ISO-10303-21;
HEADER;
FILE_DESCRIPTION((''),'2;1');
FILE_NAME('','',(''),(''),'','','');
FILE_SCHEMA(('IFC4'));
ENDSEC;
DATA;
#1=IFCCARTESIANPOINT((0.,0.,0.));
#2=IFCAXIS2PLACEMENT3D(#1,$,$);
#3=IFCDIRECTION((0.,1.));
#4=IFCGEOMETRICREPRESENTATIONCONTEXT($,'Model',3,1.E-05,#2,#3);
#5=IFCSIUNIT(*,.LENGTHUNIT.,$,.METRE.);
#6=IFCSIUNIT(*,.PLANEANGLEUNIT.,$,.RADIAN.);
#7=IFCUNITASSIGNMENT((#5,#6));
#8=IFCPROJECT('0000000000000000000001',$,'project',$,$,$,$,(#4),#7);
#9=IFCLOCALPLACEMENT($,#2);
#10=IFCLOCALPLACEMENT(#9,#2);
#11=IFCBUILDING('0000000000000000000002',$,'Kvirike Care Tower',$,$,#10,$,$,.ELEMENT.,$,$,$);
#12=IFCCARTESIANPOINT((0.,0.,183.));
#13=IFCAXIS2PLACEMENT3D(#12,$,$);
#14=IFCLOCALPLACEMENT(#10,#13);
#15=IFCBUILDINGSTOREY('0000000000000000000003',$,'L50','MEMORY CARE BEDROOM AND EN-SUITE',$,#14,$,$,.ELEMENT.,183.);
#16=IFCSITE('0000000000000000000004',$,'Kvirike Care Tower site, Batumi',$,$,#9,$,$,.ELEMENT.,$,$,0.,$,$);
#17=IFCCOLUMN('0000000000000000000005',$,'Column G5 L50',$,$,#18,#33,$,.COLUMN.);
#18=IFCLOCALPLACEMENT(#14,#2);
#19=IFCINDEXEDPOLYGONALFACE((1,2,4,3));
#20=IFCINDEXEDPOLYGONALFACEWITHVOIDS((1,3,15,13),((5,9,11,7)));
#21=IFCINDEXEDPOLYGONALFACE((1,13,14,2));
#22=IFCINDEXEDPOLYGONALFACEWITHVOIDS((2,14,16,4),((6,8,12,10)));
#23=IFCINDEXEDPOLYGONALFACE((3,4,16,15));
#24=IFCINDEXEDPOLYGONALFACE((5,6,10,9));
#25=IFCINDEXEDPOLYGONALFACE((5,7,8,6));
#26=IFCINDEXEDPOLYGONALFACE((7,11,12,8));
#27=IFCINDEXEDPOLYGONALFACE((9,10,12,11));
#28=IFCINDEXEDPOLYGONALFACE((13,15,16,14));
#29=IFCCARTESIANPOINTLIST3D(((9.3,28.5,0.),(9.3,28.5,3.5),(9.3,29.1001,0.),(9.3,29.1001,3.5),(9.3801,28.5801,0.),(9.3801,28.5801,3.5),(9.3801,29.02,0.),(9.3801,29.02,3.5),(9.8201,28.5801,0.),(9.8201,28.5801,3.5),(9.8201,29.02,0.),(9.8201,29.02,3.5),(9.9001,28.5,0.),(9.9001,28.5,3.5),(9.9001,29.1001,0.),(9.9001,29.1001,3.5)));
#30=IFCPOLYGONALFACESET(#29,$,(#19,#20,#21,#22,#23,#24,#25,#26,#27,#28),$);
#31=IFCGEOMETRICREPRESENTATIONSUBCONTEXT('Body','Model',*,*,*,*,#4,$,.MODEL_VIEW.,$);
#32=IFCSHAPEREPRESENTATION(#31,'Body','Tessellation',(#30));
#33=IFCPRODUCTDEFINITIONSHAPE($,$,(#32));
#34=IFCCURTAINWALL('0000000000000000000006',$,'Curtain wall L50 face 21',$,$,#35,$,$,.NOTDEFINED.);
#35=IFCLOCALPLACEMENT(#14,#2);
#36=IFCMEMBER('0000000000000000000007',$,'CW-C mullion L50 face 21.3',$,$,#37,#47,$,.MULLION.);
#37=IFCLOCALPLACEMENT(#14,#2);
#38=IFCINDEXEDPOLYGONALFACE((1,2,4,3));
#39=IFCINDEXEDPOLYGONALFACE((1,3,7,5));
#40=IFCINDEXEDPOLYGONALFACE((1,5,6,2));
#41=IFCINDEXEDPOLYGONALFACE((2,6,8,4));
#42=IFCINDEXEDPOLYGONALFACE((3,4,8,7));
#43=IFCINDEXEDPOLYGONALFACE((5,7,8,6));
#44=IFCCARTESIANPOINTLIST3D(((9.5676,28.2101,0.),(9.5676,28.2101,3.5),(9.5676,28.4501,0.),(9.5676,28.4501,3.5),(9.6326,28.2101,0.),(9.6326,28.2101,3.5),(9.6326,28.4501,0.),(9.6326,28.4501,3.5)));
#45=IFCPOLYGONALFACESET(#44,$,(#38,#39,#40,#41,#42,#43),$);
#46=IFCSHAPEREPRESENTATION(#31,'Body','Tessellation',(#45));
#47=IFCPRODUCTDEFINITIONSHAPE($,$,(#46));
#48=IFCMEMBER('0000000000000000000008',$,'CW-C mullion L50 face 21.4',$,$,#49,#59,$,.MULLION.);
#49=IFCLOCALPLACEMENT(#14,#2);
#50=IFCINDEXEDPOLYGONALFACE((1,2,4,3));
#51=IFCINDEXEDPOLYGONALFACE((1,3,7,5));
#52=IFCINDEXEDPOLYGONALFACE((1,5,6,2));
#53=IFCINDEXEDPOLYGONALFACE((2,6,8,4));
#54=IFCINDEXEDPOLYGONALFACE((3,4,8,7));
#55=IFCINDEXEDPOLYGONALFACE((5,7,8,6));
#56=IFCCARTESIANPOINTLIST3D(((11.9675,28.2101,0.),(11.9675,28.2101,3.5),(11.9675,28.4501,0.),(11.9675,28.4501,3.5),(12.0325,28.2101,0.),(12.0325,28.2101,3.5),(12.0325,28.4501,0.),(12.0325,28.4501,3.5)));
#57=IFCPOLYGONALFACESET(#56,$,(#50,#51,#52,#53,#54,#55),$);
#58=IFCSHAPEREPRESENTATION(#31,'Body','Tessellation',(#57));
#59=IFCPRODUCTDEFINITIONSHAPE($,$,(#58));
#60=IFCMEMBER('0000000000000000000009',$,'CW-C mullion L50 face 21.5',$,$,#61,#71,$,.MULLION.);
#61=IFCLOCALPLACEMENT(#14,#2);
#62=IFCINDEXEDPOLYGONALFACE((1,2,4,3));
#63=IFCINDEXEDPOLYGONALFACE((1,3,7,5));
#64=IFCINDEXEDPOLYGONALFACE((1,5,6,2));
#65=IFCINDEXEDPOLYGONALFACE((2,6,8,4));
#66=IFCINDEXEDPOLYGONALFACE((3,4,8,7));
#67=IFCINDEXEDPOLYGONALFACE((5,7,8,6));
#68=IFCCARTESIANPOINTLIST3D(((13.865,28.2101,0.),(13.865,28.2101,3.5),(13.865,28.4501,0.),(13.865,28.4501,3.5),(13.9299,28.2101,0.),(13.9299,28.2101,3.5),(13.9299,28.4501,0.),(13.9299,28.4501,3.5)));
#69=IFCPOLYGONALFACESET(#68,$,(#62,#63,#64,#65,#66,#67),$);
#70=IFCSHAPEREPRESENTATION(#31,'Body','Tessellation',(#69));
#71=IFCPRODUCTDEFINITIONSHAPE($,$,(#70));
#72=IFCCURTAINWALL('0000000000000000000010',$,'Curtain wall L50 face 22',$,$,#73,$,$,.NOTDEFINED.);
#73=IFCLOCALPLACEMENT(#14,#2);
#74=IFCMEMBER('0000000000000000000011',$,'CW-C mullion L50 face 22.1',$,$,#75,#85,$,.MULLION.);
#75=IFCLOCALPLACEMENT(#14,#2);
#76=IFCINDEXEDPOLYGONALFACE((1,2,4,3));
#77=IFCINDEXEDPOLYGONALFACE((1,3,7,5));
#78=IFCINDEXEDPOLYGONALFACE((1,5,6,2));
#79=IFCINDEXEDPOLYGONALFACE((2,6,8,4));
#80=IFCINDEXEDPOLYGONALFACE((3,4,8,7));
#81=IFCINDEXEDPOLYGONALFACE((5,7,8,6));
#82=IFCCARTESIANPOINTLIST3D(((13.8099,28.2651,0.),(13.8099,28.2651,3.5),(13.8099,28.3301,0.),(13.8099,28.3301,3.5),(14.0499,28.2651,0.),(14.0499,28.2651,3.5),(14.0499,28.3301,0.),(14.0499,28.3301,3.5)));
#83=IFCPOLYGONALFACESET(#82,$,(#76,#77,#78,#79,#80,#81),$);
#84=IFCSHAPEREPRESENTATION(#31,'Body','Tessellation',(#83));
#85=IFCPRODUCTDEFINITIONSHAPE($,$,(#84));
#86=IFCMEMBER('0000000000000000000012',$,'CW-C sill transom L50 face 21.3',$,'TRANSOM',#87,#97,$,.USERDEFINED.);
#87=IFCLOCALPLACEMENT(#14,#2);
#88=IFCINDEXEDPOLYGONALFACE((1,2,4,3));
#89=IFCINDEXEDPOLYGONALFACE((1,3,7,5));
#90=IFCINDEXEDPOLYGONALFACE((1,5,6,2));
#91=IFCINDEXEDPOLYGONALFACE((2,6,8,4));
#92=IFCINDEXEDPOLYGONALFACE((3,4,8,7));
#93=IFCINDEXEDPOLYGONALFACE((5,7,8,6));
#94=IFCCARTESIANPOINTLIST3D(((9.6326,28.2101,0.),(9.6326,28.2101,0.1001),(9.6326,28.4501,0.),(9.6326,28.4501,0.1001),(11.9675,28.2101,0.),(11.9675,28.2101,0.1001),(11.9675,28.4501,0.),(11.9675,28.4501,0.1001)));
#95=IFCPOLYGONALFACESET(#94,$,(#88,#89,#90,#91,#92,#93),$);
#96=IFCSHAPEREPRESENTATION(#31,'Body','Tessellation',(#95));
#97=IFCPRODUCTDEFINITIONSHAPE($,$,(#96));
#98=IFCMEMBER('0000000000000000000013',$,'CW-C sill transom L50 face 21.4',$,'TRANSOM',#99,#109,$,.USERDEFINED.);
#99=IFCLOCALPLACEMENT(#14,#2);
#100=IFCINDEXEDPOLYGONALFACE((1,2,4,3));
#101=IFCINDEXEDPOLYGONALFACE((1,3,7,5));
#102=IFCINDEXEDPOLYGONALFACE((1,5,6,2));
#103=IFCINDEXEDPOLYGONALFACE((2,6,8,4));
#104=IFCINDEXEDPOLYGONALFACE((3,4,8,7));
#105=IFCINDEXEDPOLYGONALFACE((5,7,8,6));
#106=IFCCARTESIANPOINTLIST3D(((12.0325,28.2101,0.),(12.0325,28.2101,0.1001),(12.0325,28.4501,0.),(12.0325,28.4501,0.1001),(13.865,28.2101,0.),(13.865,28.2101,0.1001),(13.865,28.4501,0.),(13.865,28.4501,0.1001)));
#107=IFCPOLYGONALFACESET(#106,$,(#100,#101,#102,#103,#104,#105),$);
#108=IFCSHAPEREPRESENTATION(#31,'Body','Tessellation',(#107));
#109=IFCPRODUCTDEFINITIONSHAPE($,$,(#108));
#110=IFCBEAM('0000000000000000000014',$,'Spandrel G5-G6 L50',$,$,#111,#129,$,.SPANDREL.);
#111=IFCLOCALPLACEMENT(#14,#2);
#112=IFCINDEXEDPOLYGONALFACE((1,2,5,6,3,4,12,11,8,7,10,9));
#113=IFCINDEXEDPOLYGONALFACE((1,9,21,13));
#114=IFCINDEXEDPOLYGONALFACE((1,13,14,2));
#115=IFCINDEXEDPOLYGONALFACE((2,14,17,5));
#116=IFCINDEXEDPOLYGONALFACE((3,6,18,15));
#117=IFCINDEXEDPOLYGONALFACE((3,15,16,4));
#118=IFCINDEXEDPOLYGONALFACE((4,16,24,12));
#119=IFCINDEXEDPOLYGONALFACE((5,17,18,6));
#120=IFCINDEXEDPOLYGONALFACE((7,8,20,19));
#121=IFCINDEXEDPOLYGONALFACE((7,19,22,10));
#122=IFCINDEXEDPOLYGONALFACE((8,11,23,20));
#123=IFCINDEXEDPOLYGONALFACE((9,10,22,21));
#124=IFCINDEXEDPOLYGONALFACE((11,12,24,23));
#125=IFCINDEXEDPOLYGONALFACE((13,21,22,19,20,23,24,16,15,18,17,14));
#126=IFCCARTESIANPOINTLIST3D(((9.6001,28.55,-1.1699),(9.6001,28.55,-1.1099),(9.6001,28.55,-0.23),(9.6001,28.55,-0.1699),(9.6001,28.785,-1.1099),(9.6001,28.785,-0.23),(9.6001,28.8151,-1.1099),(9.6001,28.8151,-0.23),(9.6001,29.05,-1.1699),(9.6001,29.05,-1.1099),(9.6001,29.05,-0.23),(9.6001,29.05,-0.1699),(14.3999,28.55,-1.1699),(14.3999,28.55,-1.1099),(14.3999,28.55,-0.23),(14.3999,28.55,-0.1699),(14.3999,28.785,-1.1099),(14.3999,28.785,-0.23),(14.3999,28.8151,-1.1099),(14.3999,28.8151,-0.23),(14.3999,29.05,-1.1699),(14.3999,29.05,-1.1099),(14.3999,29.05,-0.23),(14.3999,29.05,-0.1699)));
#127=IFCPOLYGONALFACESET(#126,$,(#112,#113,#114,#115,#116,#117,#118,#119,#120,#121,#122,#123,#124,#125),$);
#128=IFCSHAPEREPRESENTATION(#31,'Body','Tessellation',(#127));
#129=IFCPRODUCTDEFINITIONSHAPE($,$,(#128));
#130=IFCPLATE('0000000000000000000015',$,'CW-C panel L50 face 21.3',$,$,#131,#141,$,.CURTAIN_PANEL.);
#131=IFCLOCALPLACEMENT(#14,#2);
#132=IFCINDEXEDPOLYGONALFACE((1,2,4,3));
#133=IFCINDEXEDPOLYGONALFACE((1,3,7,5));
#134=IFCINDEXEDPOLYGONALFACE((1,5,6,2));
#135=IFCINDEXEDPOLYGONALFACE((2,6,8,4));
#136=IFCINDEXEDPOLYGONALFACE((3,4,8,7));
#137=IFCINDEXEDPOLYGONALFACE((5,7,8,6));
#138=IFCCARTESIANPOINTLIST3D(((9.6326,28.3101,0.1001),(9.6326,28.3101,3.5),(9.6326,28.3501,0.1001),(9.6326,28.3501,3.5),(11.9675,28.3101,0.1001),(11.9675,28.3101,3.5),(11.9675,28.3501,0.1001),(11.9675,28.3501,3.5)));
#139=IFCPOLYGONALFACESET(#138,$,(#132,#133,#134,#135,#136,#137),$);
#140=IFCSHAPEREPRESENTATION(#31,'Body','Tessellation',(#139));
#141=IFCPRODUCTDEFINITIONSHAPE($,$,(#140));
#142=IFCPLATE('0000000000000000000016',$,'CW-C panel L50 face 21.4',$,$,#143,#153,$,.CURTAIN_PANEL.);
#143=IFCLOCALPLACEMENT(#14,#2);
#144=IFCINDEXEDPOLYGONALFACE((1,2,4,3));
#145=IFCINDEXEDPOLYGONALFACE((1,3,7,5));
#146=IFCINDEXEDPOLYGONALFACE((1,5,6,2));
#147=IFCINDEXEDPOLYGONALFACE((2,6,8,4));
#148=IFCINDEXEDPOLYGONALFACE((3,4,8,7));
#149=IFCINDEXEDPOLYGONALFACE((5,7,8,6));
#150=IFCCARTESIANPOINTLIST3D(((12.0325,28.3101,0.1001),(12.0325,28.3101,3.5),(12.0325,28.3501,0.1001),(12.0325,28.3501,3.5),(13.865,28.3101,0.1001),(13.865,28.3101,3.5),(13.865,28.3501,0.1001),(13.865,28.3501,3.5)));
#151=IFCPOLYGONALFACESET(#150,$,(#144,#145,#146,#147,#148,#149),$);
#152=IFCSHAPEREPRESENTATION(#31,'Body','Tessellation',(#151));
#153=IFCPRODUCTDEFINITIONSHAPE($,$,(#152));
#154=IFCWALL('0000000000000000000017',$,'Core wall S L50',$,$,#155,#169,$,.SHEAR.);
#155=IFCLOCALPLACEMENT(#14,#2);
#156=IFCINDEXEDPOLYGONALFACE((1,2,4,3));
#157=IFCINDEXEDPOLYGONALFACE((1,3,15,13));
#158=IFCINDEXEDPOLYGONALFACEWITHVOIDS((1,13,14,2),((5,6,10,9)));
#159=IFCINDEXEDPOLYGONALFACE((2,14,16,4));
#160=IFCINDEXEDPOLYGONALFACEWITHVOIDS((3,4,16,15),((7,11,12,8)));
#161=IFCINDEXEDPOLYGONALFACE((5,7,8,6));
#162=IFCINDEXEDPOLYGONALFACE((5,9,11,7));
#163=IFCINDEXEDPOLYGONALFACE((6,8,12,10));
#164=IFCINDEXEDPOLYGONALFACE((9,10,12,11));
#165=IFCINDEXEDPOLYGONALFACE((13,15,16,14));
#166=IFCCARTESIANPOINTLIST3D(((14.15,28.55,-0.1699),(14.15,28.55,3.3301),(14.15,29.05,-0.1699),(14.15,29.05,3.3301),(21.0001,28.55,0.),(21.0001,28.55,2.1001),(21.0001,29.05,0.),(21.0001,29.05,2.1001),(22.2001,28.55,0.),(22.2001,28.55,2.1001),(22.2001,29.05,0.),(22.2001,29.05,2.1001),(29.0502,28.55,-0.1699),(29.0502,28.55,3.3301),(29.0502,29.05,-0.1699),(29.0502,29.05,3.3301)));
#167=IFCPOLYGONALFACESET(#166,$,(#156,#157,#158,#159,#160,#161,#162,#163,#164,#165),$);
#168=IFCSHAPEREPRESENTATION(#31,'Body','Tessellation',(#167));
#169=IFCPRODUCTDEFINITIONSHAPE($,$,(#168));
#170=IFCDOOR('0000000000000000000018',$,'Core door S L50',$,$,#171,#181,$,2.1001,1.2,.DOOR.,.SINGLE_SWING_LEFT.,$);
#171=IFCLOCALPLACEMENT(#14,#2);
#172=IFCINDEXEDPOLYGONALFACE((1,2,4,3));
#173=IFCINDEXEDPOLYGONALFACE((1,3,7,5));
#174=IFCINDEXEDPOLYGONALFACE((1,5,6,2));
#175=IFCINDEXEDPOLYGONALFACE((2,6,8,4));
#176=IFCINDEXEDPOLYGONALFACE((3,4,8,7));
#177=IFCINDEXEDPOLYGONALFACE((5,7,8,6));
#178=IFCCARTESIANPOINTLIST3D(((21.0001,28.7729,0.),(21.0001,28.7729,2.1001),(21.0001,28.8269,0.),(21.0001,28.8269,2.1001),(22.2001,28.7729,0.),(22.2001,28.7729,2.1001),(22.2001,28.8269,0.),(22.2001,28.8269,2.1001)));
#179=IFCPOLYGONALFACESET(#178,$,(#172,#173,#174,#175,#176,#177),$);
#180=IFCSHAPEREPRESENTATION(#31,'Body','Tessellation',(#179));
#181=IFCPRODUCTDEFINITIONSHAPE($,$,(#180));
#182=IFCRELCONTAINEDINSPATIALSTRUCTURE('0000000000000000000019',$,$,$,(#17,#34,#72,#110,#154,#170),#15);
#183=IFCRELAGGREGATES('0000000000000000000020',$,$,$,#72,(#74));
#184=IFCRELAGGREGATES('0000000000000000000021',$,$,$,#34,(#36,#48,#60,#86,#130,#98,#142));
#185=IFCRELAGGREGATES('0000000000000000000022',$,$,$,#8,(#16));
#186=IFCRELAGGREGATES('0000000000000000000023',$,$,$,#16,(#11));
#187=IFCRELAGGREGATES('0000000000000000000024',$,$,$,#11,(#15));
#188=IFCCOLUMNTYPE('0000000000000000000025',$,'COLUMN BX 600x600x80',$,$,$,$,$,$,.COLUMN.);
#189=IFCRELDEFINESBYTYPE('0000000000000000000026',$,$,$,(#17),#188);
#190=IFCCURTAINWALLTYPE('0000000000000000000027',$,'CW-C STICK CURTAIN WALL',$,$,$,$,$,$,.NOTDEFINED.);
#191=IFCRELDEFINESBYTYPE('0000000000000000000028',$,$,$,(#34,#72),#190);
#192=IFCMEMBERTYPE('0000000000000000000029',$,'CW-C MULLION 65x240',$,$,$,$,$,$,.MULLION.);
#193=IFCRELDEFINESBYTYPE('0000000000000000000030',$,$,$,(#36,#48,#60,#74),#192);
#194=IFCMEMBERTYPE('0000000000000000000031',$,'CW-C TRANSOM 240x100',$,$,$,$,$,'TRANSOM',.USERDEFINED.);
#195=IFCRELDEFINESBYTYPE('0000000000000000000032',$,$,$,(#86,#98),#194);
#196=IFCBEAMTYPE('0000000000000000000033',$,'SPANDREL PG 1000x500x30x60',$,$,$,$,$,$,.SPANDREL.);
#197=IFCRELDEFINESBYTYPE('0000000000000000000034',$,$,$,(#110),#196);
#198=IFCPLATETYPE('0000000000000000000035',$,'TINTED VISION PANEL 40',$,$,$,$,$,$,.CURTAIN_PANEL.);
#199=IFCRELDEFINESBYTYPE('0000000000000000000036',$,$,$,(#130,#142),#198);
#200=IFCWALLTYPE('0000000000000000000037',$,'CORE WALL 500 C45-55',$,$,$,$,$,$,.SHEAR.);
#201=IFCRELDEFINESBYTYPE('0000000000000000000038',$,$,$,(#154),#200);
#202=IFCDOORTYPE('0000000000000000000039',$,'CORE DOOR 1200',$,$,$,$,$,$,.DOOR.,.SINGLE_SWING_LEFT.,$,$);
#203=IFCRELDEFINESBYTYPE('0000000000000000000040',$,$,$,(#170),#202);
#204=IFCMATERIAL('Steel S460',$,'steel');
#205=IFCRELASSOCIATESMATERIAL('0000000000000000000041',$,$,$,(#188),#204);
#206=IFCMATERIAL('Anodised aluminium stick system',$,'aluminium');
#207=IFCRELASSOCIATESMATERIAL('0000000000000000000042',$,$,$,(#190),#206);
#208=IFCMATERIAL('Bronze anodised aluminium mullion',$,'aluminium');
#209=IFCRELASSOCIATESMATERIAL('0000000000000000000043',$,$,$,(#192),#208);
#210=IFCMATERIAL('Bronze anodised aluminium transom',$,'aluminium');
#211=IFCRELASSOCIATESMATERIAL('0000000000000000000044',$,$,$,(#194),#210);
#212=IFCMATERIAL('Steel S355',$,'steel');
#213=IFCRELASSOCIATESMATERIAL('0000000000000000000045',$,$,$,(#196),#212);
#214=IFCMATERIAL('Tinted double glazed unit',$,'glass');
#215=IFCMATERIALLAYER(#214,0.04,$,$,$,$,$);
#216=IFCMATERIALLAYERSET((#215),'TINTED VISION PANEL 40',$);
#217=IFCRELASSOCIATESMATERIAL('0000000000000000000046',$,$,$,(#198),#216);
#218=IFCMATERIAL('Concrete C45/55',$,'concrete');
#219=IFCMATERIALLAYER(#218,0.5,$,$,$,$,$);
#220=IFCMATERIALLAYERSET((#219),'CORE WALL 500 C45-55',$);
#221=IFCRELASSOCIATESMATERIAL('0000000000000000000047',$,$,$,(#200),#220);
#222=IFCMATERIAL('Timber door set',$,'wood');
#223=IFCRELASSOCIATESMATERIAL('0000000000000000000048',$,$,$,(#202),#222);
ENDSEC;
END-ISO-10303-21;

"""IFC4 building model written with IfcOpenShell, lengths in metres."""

from ifc_helpers import new_model, si_unit, direction, frame, frame_2d, origin, origin_2d, place, context, subcontext, project, spatial, rectangle, hollow_rectangle, i_section, extrude, material, layer, layer_set, material_profile, profile_set, type_object, element, fill, aggregate, save


model = new_model("IFC4")

# Units and contexts
model_context = context("Model", 3, precision=1e-05, world=origin(), true_north=direction((0.0, 1.0)))
body_context = subcontext(model_context, "Body", "Model", "MODEL_VIEW")
ifc_project = project(units=[si_unit("LENGTHUNIT", "METRE"), si_unit("PLANEANGLEUNIT", "RADIAN")], contexts=[model_context])

# Site, building, storey
site_placement = place(None, origin())
site = spatial("IfcSite", under=ifc_project, at=site_placement, Name="Kvirike Care Tower site, Batumi", CompositionType="ELEMENT", RefElevation=0.0)
building_placement = place(site_placement, origin())
building = spatial("IfcBuilding", under=site, at=building_placement, Name="Kvirike Care Tower", CompositionType="ELEMENT")
storey_placement = place(building_placement, frame((0.0, 0.0, 183.0)))
storey = spatial("IfcBuildingStorey", under=building, at=storey_placement, Name="L50", Description="MEMORY CARE BEDROOM AND EN-SUITE", CompositionType="ELEMENT", Elevation=183.0)

# Column
ifc_material_1 = material(Name="Steel S460", Category="steel")
ifc_material_profile_1 = material_profile(ifc_material_1, hollow_rectangle(XDim=0.6001, YDim=0.6001, WallThickness=0.0801, at=origin_2d()), Name="BX 600x600x80")
ifc_profile_set_1 = profile_set([ifc_material_profile_1], Name="Steel S460")
column_type = type_object("IfcColumnType", Name="COLUMN BX 600x600x80", PredefinedType="COLUMN", material=ifc_profile_set_1)
column_placement = place(storey_placement, frame((9.6001, 28.8, 0.0), z_axis=(0.0, 0.0, 1.0), x_axis=(0.0, 1.0, 0.0)))
element("IfcColumn", 1, at=column_placement, inside=storey, type_object=column_type, Name="Column G5 L50", PredefinedType="COLUMN", context=body_context, shape_type="SweptSolid", body=[
    extrude(hollow_rectangle(XDim=0.6001, YDim=0.6001, WallThickness=0.0801, at=origin_2d()), origin(), (0.0, 0.0, 1.0), 3.5),
])

# Curtain wall, members
ifc_material_2 = material(Name="Anodised aluminium stick system", Category="aluminium")
curtain_wall_type = type_object("IfcCurtainWallType", Name="CW-C STICK CURTAIN WALL", PredefinedType="NOTDEFINED", material=ifc_material_2)
curtain_wall_1_placement = place(storey_placement, origin())
curtain_wall_1 = element("IfcCurtainWall", 2, at=curtain_wall_1_placement, inside=storey, type_object=curtain_wall_type, Name="Curtain wall L50 face 21", PredefinedType="NOTDEFINED")
ifc_material_3 = material(Name="Bronze anodised aluminium mullion", Category="aluminium")
ifc_material_profile_2 = material_profile(ifc_material_3, rectangle(XDim=0.0649, YDim=0.24, at=origin_2d()), Name="CW-C MULLION 65x240")
ifc_profile_set_2 = profile_set([ifc_material_profile_2], Name="Bronze anodised aluminium mullion")
member_type_1 = type_object("IfcMemberType", Name="CW-C MULLION 65x240", PredefinedType="MULLION", material=ifc_profile_set_2)
member_1_placement = place(storey_placement, frame((9.6001, 28.3301, 0.0), z_axis=(0.0, 0.0, 1.0), x_axis=(1.0, 0.0, 0.0)))
member_1 = element("IfcMember", 3, at=member_1_placement, type_object=member_type_1, Name="CW-C mullion L50 face 21.3", PredefinedType="MULLION", context=body_context, shape_type="SweptSolid", body=[
    extrude(rectangle(XDim=0.0649, YDim=0.24, at=origin_2d()), origin(), (0.0, 0.0, 1.0), 3.5),
])
member_2_placement = place(storey_placement, frame((12.0, 28.3301, 0.0), z_axis=(0.0, 0.0, 1.0), x_axis=(1.0, 0.0, 0.0)))
member_2 = element("IfcMember", 4, at=member_2_placement, type_object=member_type_1, Name="CW-C mullion L50 face 21.4", PredefinedType="MULLION", context=body_context, shape_type="SweptSolid", body=[
    extrude(rectangle(XDim=0.0649, YDim=0.24, at=origin_2d()), origin(), (0.0, 0.0, 1.0), 3.5),
])
member_3_placement = place(storey_placement, frame((13.8975, 28.3301, 0.0), z_axis=(0.0, 0.0, 1.0), x_axis=(1.0, 0.0, 0.0)))
member_3 = element("IfcMember", 5, at=member_3_placement, type_object=member_type_1, Name="CW-C mullion L50 face 21.5", PredefinedType="MULLION", context=body_context, shape_type="SweptSolid", body=[
    extrude(rectangle(XDim=0.0649, YDim=0.24, at=origin_2d()), origin(), (0.0, 0.0, 1.0), 3.5),
])

# Curtain wall, member
curtain_wall_2_placement = place(storey_placement, origin())
curtain_wall_2 = element("IfcCurtainWall", 6, at=curtain_wall_2_placement, inside=storey, type_object=curtain_wall_type, Name="Curtain wall L50 face 22", PredefinedType="NOTDEFINED")
member_4_placement = place(storey_placement, frame((13.9299, 28.2976, 0.0), z_axis=(0.0, 0.0, 1.0), x_axis=(0.0, -1.0, 0.0)))
member_4 = element("IfcMember", 7, at=member_4_placement, type_object=member_type_1, Name="CW-C mullion L50 face 22.1", PredefinedType="MULLION", context=body_context, shape_type="SweptSolid", body=[
    extrude(rectangle(XDim=0.0649, YDim=0.24, at=origin_2d()), origin(), (0.0, 0.0, 1.0), 3.5),
])
aggregate(curtain_wall_2, [member_4])

# Members
ifc_material_4 = material(Name="Bronze anodised aluminium transom", Category="aluminium")
ifc_material_profile_3 = material_profile(ifc_material_4, rectangle(XDim=0.24, YDim=0.1001, at=origin_2d()), Name="CW-C TRANSOM 240x100")
ifc_profile_set_3 = profile_set([ifc_material_profile_3], Name="Bronze anodised aluminium transom")
member_type_2 = type_object("IfcMemberType", Name="CW-C TRANSOM 240x100", ElementType="TRANSOM", PredefinedType="USERDEFINED", material=ifc_profile_set_3)
member_5_placement = place(storey_placement, frame((9.6326, 28.3301, 0.05), z_axis=(1.0, 0.0, 0.0), x_axis=(0.0, 1.0, 0.0)))
member_5 = element("IfcMember", 8, at=member_5_placement, type_object=member_type_2, Name="CW-C sill transom L50 face 21.3", ObjectType="TRANSOM", PredefinedType="USERDEFINED", context=body_context, shape_type="SweptSolid", body=[
    extrude(rectangle(XDim=0.24, YDim=0.1001, at=origin_2d()), origin(), (0.0, 0.0, 1.0), 2.335),
])
member_6_placement = place(storey_placement, frame((12.0325, 28.3301, 0.05), z_axis=(1.0, 0.0, 0.0), x_axis=(0.0, 1.0, 0.0)))
member_6 = element("IfcMember", 9, at=member_6_placement, type_object=member_type_2, Name="CW-C sill transom L50 face 21.4", ObjectType="TRANSOM", PredefinedType="USERDEFINED", context=body_context, shape_type="SweptSolid", body=[
    extrude(rectangle(XDim=0.24, YDim=0.1001, at=origin_2d()), origin(), (0.0, 0.0, 1.0), 1.8325),
])

# Beam
ifc_material_5 = material(Name="Steel S355", Category="steel")
ifc_material_profile_4 = material_profile(ifc_material_5, i_section(OverallWidth=0.5, OverallDepth=1.0, WebThickness=0.03, FlangeThickness=0.0601, at=origin_2d()), Name="PG 1000x500x30x60")
ifc_profile_set_4 = profile_set([ifc_material_profile_4], Name="Steel S355")
beam_type = type_object("IfcBeamType", Name="SPANDREL PG 1000x500x30x60", PredefinedType="SPANDREL", material=ifc_profile_set_4)
beam_placement = place(storey_placement, frame((9.6001, 28.8, -0.6699), z_axis=(1.0, 0.0, 0.0), x_axis=(0.0, 1.0, 0.0)))
element("IfcBeam", 10, at=beam_placement, inside=storey, type_object=beam_type, Name="Spandrel G5-G6 L50", PredefinedType="SPANDREL", context=body_context, shape_type="SweptSolid", body=[
    extrude(i_section(OverallWidth=0.5, OverallDepth=1.0, WebThickness=0.03, FlangeThickness=0.0601, at=origin_2d()), origin(), (0.0, 0.0, 1.0), 4.7998),
])

# Plates
ifc_material_6 = material(Name="Tinted double glazed unit", Category="glass")
ifc_layer_1 = layer(ifc_material_6, 0.04)
ifc_layer_set_1 = layer_set([ifc_layer_1], Name="TINTED VISION PANEL 40")
plate_type = type_object("IfcPlateType", Name="TINTED VISION PANEL 40", PredefinedType="CURTAIN_PANEL", material=ifc_layer_set_1)
plate_1_placement = place(storey_placement, frame((10.8, 28.3301, 0.1001), z_axis=(0.0, 0.0, 1.0), x_axis=(1.0, 0.0, 0.0)))
plate_1 = element("IfcPlate", 11, at=plate_1_placement, type_object=plate_type, Name="CW-C panel L50 face 21.3", PredefinedType="CURTAIN_PANEL", context=body_context, shape_type="SweptSolid", body=[
    extrude(rectangle(XDim=2.335, YDim=0.04, at=origin_2d()), origin(), (0.0, 0.0, 1.0), 3.3999),
])
plate_2_placement = place(storey_placement, frame((12.9487, 28.3301, 0.1001), z_axis=(0.0, 0.0, 1.0), x_axis=(1.0, 0.0, 0.0)))
plate_2 = element("IfcPlate", 12, at=plate_2_placement, type_object=plate_type, Name="CW-C panel L50 face 21.4", PredefinedType="CURTAIN_PANEL", context=body_context, shape_type="SweptSolid", body=[
    extrude(rectangle(XDim=1.8325, YDim=0.04, at=origin_2d()), origin(), (0.0, 0.0, 1.0), 3.3999),
])
aggregate(curtain_wall_1, [member_1, member_2, member_3, member_5, plate_1, member_6, plate_2])

# Wall, opening, door
ifc_material_7 = material(Name="Concrete C45/55", Category="concrete")
ifc_layer_2 = layer(ifc_material_7, 0.5)
ifc_layer_set_2 = layer_set([ifc_layer_2], Name="CORE WALL 500 C45-55")
wall_type_1 = type_object("IfcWallType", Name="CORE WALL 500 C45-55", PredefinedType="SHEAR", material=ifc_layer_set_2)
wall_1_placement = place(storey_placement, frame((14.1499, 28.8, -0.1699), z_axis=(0.0, 0.0, 1.0), x_axis=(1.0, 0.0, 0.0)))
wall_1 = element("IfcWall", 13, at=wall_1_placement, inside=storey, type_object=wall_type_1, Name="Core wall S L50", PredefinedType="SHEAR", context=body_context, shape_type="SweptSolid", body=[
    extrude(rectangle(XDim=14.9001, YDim=0.5, at=frame_2d((7.4502, 0.0))), origin(), (0.0, 0.0, 1.0), 3.5),
])
opening_placement = place(wall_1_placement, frame((6.8501, 0.0, 0.1699)))
opening = element("IfcOpeningElement", 14, at=opening_placement, cuts=wall_1, PredefinedType="OPENING", context=body_context, shape_type="SweptSolid", body=[
    extrude(rectangle(XDim=1.2, YDim=2.1001, at=frame_2d((0.6001, 1.05))), frame((0.0, 0.2605, 0.0), z_axis=(0.0, -1.0, 0.0), x_axis=(1.0, 0.0, 0.0)), (0.0, 0.0, 1.0), 0.521),
])
ifc_material_8 = material(Name="Timber door set", Category="wood")
door_type = type_object("IfcDoorType", Name="CORE DOOR 1200", OperationType="SINGLE_SWING_LEFT", PredefinedType="DOOR", material=ifc_material_8)
door_placement = place(opening_placement, origin())
door = element("IfcDoor", 15, at=door_placement, inside=storey, type_object=door_type, Name="Core door S L50", OperationType="SINGLE_SWING_LEFT", OverallHeight=2.1001, OverallWidth=1.2, PredefinedType="DOOR", context=body_context, shape_type="SweptSolid", body=[
    extrude(rectangle(XDim=1.2, YDim=2.1001, at=frame_2d((0.6001, 1.05))), frame((0.0, 0.0269, 0.0), z_axis=(0.0, -1.0, 0.0), x_axis=(1.0, 0.0, 0.0)), (0.0, 0.0, 1.0), 0.054),
])
fill(opening, door)

save(model, "model.ifc")
